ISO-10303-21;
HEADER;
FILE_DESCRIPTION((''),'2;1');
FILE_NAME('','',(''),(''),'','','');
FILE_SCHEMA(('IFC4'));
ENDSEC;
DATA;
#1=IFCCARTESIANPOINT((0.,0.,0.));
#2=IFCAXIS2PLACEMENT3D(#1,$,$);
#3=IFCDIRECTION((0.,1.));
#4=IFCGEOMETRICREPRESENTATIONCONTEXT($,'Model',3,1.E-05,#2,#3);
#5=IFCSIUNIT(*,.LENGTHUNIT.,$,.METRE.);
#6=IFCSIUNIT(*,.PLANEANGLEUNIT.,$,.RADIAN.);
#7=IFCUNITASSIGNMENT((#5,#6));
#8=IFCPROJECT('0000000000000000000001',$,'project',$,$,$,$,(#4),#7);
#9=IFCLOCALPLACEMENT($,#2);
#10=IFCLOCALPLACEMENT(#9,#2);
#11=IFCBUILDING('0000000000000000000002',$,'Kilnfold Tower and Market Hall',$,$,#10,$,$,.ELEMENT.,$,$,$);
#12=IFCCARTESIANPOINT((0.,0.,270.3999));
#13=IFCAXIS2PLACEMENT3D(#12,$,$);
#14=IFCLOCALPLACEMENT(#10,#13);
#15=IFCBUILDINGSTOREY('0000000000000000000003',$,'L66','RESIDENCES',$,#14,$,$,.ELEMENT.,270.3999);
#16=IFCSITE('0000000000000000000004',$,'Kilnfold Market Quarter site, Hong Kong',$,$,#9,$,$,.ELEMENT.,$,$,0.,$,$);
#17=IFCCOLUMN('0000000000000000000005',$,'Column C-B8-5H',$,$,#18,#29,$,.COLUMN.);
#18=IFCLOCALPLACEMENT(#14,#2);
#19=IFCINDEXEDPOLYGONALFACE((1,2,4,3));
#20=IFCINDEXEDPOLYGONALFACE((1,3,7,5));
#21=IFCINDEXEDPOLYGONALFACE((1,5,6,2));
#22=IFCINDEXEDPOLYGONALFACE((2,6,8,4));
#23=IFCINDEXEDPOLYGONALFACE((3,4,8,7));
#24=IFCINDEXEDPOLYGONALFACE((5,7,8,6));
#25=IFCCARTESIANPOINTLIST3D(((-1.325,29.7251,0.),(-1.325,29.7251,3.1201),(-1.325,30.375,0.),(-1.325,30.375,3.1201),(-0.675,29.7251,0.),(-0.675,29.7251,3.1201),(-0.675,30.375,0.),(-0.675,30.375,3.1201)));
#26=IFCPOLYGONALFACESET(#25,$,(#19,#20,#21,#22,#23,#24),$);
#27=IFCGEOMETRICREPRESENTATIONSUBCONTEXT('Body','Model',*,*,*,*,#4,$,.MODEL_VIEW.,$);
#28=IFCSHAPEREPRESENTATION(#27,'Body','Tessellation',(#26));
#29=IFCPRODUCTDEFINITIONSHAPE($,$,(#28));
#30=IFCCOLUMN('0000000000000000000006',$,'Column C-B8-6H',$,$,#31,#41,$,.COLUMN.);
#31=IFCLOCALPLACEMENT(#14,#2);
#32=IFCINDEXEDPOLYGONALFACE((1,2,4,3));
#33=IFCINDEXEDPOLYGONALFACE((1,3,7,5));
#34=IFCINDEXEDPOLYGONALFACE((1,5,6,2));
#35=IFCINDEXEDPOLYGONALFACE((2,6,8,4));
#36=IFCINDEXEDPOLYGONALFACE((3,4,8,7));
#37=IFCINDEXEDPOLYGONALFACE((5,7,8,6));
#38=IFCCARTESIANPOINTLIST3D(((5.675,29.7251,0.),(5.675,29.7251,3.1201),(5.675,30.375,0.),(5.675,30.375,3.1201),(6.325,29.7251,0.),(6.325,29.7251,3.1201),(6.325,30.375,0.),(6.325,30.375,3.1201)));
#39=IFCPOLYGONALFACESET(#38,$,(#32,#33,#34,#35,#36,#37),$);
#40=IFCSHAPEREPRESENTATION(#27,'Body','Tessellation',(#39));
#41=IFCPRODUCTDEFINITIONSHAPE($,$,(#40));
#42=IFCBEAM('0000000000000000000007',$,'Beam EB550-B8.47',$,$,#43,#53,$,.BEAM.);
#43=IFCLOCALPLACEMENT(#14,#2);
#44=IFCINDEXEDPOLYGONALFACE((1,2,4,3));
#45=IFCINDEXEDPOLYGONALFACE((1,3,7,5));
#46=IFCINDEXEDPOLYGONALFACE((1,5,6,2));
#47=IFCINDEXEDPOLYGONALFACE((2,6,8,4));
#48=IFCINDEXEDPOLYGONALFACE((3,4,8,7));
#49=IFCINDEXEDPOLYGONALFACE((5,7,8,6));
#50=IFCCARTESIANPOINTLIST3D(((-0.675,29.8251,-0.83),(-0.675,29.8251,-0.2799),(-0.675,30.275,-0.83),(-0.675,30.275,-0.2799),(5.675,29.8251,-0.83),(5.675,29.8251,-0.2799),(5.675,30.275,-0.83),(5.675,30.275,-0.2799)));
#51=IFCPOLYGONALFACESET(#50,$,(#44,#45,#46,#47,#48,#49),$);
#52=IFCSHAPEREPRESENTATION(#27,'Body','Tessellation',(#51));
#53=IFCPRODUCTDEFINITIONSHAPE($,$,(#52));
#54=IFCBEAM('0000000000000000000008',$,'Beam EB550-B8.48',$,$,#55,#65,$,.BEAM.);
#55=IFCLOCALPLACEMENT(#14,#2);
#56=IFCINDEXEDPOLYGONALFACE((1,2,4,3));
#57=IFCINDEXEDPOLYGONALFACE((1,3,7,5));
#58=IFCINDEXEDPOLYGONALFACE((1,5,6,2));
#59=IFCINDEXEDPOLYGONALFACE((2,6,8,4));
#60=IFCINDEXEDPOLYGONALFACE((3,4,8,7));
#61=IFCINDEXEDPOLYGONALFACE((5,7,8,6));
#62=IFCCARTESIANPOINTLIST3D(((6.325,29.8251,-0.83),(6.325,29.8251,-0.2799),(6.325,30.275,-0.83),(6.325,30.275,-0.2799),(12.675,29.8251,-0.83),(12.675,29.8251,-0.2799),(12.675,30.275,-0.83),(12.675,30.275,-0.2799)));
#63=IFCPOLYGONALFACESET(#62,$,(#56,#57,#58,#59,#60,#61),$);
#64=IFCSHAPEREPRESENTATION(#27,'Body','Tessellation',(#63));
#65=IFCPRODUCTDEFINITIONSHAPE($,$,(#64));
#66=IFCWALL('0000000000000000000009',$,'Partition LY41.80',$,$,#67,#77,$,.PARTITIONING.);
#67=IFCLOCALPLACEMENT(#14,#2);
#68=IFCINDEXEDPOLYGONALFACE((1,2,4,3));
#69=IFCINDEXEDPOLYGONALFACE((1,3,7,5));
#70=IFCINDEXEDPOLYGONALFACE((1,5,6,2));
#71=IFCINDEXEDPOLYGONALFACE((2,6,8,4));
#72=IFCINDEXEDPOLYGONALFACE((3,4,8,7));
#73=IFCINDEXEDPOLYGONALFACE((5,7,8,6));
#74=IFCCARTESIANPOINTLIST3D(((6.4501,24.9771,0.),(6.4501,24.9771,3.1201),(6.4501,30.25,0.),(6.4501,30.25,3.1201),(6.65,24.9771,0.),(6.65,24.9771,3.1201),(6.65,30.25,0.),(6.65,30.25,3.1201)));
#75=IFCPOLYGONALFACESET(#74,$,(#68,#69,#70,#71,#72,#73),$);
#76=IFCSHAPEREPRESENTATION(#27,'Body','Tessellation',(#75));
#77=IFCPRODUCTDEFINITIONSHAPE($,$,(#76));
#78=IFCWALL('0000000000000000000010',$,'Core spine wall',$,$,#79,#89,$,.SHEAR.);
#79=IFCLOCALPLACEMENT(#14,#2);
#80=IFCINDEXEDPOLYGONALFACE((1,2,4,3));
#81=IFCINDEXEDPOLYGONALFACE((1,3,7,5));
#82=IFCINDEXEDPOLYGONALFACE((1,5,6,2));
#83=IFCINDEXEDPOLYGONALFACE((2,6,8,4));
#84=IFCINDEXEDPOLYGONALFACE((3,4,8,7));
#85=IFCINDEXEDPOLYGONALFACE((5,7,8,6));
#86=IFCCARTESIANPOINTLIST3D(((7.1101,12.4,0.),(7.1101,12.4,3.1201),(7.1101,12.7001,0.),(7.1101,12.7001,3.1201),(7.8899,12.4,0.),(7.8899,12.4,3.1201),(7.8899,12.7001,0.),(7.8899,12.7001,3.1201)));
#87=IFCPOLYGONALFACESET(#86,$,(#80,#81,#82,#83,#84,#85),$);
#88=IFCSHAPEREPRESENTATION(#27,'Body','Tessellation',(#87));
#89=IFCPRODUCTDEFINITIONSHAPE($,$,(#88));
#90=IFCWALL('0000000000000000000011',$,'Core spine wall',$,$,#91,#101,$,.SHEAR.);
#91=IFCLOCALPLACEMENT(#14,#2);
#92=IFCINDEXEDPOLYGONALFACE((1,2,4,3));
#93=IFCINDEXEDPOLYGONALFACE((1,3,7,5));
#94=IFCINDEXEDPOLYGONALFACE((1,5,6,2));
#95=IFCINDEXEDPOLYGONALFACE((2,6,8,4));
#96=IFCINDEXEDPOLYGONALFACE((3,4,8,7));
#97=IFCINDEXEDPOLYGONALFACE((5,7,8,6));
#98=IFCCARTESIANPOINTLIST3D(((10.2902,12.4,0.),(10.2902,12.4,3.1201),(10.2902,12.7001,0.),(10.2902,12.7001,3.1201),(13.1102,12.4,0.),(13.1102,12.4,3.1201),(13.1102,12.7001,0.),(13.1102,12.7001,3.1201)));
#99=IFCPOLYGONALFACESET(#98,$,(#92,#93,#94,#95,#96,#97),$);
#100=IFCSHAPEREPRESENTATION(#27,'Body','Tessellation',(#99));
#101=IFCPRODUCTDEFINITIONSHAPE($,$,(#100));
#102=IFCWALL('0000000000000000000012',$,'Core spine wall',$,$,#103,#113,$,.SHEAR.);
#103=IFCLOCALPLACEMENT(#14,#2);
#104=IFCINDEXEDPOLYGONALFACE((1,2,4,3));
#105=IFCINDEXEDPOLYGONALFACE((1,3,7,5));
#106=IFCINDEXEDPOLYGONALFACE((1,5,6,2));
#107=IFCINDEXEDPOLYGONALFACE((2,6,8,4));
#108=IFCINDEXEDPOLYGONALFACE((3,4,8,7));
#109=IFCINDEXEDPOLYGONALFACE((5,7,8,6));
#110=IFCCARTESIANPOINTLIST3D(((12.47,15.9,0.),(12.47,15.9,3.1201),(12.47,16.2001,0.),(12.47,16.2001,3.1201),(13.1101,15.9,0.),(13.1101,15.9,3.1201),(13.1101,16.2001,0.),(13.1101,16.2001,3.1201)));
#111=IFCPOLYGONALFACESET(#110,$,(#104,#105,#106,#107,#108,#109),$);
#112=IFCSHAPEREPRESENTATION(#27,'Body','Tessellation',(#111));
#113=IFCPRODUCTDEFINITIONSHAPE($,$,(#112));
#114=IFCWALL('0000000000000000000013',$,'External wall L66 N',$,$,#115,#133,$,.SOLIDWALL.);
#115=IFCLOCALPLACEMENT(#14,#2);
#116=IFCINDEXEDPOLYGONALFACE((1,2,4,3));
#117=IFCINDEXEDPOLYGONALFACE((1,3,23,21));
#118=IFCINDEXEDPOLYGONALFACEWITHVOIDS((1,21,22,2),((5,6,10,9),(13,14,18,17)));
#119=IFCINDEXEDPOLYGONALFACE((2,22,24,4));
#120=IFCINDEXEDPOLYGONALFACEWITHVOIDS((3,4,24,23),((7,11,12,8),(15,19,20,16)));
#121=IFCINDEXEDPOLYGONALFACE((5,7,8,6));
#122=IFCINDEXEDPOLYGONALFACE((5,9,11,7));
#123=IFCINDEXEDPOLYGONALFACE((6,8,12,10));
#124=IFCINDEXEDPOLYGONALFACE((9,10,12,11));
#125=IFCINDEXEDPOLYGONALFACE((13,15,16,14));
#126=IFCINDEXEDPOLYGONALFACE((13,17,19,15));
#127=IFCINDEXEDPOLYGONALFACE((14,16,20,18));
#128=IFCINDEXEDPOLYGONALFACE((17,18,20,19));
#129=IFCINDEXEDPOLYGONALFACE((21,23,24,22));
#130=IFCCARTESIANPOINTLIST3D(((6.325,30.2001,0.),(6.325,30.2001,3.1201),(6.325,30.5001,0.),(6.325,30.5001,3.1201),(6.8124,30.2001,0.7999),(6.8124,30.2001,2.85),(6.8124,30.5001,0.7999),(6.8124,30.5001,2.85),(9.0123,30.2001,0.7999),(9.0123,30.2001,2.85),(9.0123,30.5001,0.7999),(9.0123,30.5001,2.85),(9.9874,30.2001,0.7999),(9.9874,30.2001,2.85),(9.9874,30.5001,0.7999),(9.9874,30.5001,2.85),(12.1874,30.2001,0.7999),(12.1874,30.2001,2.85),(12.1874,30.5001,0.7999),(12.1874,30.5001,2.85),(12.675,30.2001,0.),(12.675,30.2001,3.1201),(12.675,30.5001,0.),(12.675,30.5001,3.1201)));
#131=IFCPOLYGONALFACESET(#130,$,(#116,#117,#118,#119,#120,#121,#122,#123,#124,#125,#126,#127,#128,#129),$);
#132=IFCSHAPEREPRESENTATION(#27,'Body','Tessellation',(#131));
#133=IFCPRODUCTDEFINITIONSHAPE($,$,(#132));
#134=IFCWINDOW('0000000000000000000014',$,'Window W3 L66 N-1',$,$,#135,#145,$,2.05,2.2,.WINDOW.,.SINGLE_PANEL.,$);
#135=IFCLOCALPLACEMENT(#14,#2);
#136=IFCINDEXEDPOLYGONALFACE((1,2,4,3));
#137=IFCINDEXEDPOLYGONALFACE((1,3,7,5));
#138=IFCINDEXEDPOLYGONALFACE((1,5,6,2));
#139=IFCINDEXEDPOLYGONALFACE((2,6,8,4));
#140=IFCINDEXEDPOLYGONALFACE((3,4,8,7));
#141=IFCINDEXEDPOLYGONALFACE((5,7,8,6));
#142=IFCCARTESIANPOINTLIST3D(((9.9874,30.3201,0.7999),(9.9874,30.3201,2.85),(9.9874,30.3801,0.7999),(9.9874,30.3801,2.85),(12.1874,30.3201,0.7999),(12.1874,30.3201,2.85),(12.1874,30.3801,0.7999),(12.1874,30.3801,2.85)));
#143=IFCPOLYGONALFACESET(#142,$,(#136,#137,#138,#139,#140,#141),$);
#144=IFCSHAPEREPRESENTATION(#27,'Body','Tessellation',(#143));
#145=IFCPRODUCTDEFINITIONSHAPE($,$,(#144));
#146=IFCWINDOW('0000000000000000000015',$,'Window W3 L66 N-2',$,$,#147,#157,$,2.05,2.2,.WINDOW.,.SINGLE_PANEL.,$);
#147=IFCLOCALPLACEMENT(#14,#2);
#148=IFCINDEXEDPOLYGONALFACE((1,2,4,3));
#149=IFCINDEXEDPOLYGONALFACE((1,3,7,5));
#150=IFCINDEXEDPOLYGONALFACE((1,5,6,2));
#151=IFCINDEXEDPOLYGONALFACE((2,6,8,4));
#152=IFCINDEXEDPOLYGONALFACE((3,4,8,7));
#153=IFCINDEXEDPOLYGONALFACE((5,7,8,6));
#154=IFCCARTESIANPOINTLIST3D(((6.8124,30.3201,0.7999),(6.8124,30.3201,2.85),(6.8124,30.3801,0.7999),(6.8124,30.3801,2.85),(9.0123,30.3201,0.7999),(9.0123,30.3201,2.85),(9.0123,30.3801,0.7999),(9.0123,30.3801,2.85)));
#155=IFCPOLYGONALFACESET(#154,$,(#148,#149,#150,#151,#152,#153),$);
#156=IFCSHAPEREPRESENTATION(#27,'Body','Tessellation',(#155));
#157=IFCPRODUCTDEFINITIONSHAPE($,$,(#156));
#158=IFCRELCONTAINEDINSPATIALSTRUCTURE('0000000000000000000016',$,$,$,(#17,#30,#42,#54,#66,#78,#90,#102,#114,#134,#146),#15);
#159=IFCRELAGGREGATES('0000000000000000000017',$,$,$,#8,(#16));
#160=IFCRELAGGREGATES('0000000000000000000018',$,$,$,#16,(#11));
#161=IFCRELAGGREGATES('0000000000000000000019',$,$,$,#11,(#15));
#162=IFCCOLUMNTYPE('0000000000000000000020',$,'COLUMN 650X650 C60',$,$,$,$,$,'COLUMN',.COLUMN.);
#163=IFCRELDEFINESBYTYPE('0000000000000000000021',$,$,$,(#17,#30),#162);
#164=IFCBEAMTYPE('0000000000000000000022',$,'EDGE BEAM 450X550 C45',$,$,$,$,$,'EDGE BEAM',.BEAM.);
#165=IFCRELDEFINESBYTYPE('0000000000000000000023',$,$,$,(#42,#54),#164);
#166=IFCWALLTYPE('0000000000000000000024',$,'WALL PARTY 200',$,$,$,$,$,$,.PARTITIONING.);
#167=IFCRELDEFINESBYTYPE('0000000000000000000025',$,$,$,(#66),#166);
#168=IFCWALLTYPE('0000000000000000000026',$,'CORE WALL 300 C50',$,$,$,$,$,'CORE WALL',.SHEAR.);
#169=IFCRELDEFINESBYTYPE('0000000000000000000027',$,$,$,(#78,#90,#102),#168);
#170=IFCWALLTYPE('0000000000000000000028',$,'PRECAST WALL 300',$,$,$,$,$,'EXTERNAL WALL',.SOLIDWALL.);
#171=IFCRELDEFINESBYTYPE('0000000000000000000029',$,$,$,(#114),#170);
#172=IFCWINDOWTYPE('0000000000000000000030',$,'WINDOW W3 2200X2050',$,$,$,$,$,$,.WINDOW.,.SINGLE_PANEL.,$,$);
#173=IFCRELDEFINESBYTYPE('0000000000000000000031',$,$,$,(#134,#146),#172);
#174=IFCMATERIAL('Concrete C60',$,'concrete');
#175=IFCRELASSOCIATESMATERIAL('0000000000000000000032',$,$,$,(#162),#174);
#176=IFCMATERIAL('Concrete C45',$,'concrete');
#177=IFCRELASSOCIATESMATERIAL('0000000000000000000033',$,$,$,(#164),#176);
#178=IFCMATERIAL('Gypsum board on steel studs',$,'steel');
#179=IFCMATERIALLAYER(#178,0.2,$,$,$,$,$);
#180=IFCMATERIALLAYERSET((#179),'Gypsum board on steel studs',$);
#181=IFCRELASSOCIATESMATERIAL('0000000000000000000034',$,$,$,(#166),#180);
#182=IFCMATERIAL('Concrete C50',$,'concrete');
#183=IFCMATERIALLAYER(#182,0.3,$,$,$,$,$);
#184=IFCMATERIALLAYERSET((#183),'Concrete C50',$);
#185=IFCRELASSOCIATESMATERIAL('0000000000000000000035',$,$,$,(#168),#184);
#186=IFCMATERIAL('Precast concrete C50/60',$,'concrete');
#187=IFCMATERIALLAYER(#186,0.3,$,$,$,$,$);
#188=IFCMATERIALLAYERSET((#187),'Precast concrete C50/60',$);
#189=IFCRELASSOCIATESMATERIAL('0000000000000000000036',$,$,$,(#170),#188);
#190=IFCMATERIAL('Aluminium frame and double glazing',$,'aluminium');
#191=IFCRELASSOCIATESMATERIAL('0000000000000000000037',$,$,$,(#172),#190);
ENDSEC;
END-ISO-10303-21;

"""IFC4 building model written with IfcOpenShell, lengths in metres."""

from ifc_helpers import new_model, si_unit, direction, frame, frame_2d, origin, origin_2d, place, context, subcontext, project, spatial, rectangle, extrude, source, transform, mapped, material, layer, layer_set, material_profile, profile_set, type_object, element, fill, save


model = new_model("IFC4")

# Units and contexts
model_context = context("Model", 3, precision=1e-05, world=origin(), true_north=direction((0.0, 1.0)))
body_context = subcontext(model_context, "Body", "Model", "MODEL_VIEW")
ifc_project = project(units=[si_unit("LENGTHUNIT", "METRE"), si_unit("PLANEANGLEUNIT", "RADIAN")], contexts=[model_context])

# Site, building, storey
site_placement = place(None, origin())
site = spatial("IfcSite", under=ifc_project, at=site_placement, Name="Kilnfold Market Quarter site, Hong Kong", CompositionType="ELEMENT", RefElevation=0.0)
building_placement = place(site_placement, origin())
building = spatial("IfcBuilding", under=site, at=building_placement, Name="Kilnfold Tower and Market Hall", CompositionType="ELEMENT")
storey_placement = place(building_placement, frame((0.0, 0.0, 270.3999)))
storey = spatial("IfcBuildingStorey", under=building, at=storey_placement, Name="L66", Description="RESIDENCES", CompositionType="ELEMENT", Elevation=270.3999)

# Columns
ifc_material_1 = material(Name="Concrete C60", Category="concrete")
ifc_material_profile_1 = material_profile(ifc_material_1, rectangle(XDim=0.6499, YDim=0.6499, at=origin_2d()), Name="RC 650x650")
ifc_profile_set_1 = profile_set([ifc_material_profile_1], Name="Concrete C60")
column_type = type_object("IfcColumnType", Name="COLUMN 650X650 C60", ElementType="COLUMN", PredefinedType="COLUMN", material=ifc_profile_set_1)
shared_shape_1 = source(origin(), body_context, "Body", "SweptSolid", [
    extrude(rectangle(XDim=0.6499, YDim=0.6499, at=origin_2d()), origin(), (0.0, 0.0, 1.0), 3.1201),
])
for number, where, z_axis, x_axis, name in (
    (1, (-1.0, 30.05, 0.0), (0.0, 0.0, 1.0), (1.0, 0.0, 0.0), "Column C-B8-5H"),
    (2, (6.0, 30.05, 0.0), (0.0, 0.0, 1.0), (1.0, 0.0, 0.0), "Column C-B8-6H"),
):
    element("IfcColumn", number, at=place(storey_placement, frame(where, z_axis=z_axis, x_axis=x_axis)), inside=storey, type_object=column_type, Name=name, PredefinedType="COLUMN", context=body_context, shape_type="MappedRepresentation", body=[
        mapped(shared_shape_1, transform((0.0, 0.0, 0.0))),
    ])

# Beams
ifc_material_2 = material(Name="Concrete C45", Category="concrete")
ifc_material_profile_2 = material_profile(ifc_material_2, rectangle(XDim=0.45, YDim=0.55, at=origin_2d()), Name="RC 450x550")
ifc_profile_set_2 = profile_set([ifc_material_profile_2], Name="Concrete C45")
beam_type = type_object("IfcBeamType", Name="EDGE BEAM 450X550 C45", ElementType="EDGE BEAM", PredefinedType="BEAM", material=ifc_profile_set_2)
shared_shape_2 = source(origin(), body_context, "Body", "SweptSolid", [
    extrude(rectangle(XDim=0.45, YDim=0.55, at=origin_2d()), origin(), (0.0, 0.0, 1.0), 6.3501),
])
for number, where, z_axis, x_axis, name in (
    (3, (-0.675, 30.05, -0.5549), (1.0, 0.0, 0.0), (0.0, 1.0, 0.0), "Beam EB550-B8.47"),
    (4, (6.325, 30.05, -0.5549), (1.0, 0.0, 0.0), (0.0, 1.0, 0.0), "Beam EB550-B8.48"),
):
    element("IfcBeam", number, at=place(storey_placement, frame(where, z_axis=z_axis, x_axis=x_axis)), inside=storey, type_object=beam_type, Name=name, PredefinedType="BEAM", context=body_context, shape_type="MappedRepresentation", body=[
        mapped(shared_shape_2, transform((0.0, 0.0, 0.0))),
    ])

# Walls
ifc_material_3 = material(Name="Gypsum board on steel studs", Category="steel")
ifc_layer_1 = layer(ifc_material_3, 0.2)
ifc_layer_set_1 = layer_set([ifc_layer_1], Name="Gypsum board on steel studs")
wall_type_1 = type_object("IfcWallType", Name="WALL PARTY 200", PredefinedType="PARTITIONING", material=ifc_layer_set_1)
wall_1_placement = place(storey_placement, frame((6.55, 24.9771, 0.0), z_axis=(0.0, 0.0, 1.0), x_axis=(0.0, 1.0, 0.0)))
element("IfcWall", 5, at=wall_1_placement, inside=storey, type_object=wall_type_1, Name="Partition LY41.80", PredefinedType="PARTITIONING", context=body_context, shape_type="SweptSolid", body=[
    extrude(rectangle(XDim=5.2729, YDim=0.2, at=frame_2d((2.6365, 0.0))), origin(), (0.0, 0.0, 1.0), 3.1201),
])
ifc_material_4 = material(Name="Concrete C50", Category="concrete")
ifc_layer_2 = layer(ifc_material_4, 0.3)
ifc_layer_set_2 = layer_set([ifc_layer_2], Name="Concrete C50")
wall_type_2 = type_object("IfcWallType", Name="CORE WALL 300 C50", ElementType="CORE WALL", PredefinedType="SHEAR", material=ifc_layer_set_2)
shared_shape_3 = source(origin(), body_context, "Body", "SweptSolid", [
    extrude(rectangle(XDim=0.7798, YDim=0.3, at=frame_2d((0.3899, 0.0))), origin(), (0.0, 0.0, 1.0), 3.1201),
])
wall_2_placement = place(storey_placement, frame((7.1101, 12.55, 0.0), z_axis=(0.0, 0.0, 1.0), x_axis=(1.0, 0.0, 0.0)))
element("IfcWall", 6, at=wall_2_placement, inside=storey, type_object=wall_type_2, Name="Core spine wall", PredefinedType="SHEAR", context=body_context, shape_type="MappedRepresentation", body=[
    mapped(shared_shape_3, transform((0.0, 0.0, 0.0))),
])
shared_shape_4 = source(origin(), body_context, "Body", "SweptSolid", [
    extrude(rectangle(XDim=2.8201, YDim=0.3, at=frame_2d((1.4102, 0.0))), origin(), (0.0, 0.0, 1.0), 3.1201),
])
wall_3_placement = place(storey_placement, frame((10.29, 12.55, 0.0), z_axis=(0.0, 0.0, 1.0), x_axis=(1.0, 0.0, 0.0)))
element("IfcWall", 7, at=wall_3_placement, inside=storey, type_object=wall_type_2, Name="Core spine wall", PredefinedType="SHEAR", context=body_context, shape_type="MappedRepresentation", body=[
    mapped(shared_shape_4, transform((0.0, 0.0, 0.0))),
])
shared_shape_5 = source(origin(), body_context, "Body", "SweptSolid", [
    extrude(rectangle(XDim=0.6401, YDim=0.3, at=frame_2d((0.3201, 0.0))), origin(), (0.0, 0.0, 1.0), 3.1201),
])
wall_4_placement = place(storey_placement, frame((12.47, 16.05, 0.0), z_axis=(0.0, 0.0, 1.0), x_axis=(1.0, 0.0, 0.0)))
element("IfcWall", 8, at=wall_4_placement, inside=storey, type_object=wall_type_2, Name="Core spine wall", PredefinedType="SHEAR", context=body_context, shape_type="MappedRepresentation", body=[
    mapped(shared_shape_5, transform((0.0, 0.0, 0.0))),
])

# Wall, openings, windows
ifc_material_5 = material(Name="Precast concrete C50/60", Category="concrete")
ifc_layer_3 = layer(ifc_material_5, 0.3)
ifc_layer_set_3 = layer_set([ifc_layer_3], Name="Precast concrete C50/60")
wall_type_3 = type_object("IfcWallType", Name="PRECAST WALL 300", ElementType="EXTERNAL WALL", PredefinedType="SOLIDWALL", material=ifc_layer_set_3)
shared_shape_6 = source(origin(), body_context, "Body", "SweptSolid", [
    extrude(rectangle(XDim=6.3501, YDim=0.3, at=frame_2d((3.175, 0.0))), origin(), (0.0, 0.0, 1.0), 3.1201),
])
wall_5_placement = place(storey_placement, frame((12.675, 30.3501, 0.0), z_axis=(0.0, 0.0, 1.0), x_axis=(-1.0, 0.0, 0.0)))
wall_5 = element("IfcWall", 9, at=wall_5_placement, inside=storey, type_object=wall_type_3, Name="External wall L66 N", PredefinedType="SOLIDWALL", context=body_context, shape_type="MappedRepresentation", body=[
    mapped(shared_shape_6, transform((0.0, 0.0, 0.0))),
])
opening_1_placement = place(wall_5_placement, frame((0.4875, 0.0, 0.8)))
opening_1 = element("IfcOpeningElement", 10, at=opening_1_placement, cuts=wall_5, PredefinedType="OPENING", context=body_context, shape_type="SweptSolid", body=[
    extrude(rectangle(XDim=2.2, YDim=2.05, at=frame_2d((1.1001, 1.0249))), frame((0.0, 0.1602, 0.0), z_axis=(0.0, -1.0, 0.0), x_axis=(1.0, 0.0, 0.0)), (0.0, 0.0, 1.0), 0.3201),
])
opening_2_placement = place(wall_5_placement, frame((3.6626, 0.0, 0.8)))
opening_2 = element("IfcOpeningElement", 11, at=opening_2_placement, cuts=wall_5, PredefinedType="OPENING", context=body_context, shape_type="SweptSolid", body=[
    extrude(rectangle(XDim=2.2, YDim=2.05, at=frame_2d((1.1001, 1.0249))), frame((0.0, 0.1602, 0.0), z_axis=(0.0, -1.0, 0.0), x_axis=(1.0, 0.0, 0.0)), (0.0, 0.0, 1.0), 0.3201),
])
ifc_material_6 = material(Name="Aluminium frame and double glazing", Category="aluminium")
window_type = type_object("IfcWindowType", Name="WINDOW W3 2200X2050", PartitioningType="SINGLE_PANEL", PredefinedType="WINDOW", material=ifc_material_6)
window_1_placement = place(opening_1_placement, origin())
window_1 = element("IfcWindow", 12, at=window_1_placement, inside=storey, type_object=window_type, Name="Window W3 L66 N-1", OverallHeight=2.05, OverallWidth=2.2, PartitioningType="SINGLE_PANEL", PredefinedType="WINDOW", context=body_context, shape_type="SweptSolid", body=[
    extrude(rectangle(XDim=2.2, YDim=2.05, at=frame_2d((1.1001, 1.0249))), frame((0.0, 0.03, 0.0), z_axis=(0.0, -1.0, 0.0), x_axis=(1.0, 0.0, 0.0)), (0.0, 0.0, 1.0), 0.0601),
])
fill(opening_1, window_1)
window_2_placement = place(opening_2_placement, origin())
window_2 = element("IfcWindow", 13, at=window_2_placement, inside=storey, type_object=window_type, Name="Window W3 L66 N-2", OverallHeight=2.05, OverallWidth=2.2, PartitioningType="SINGLE_PANEL", PredefinedType="WINDOW", context=body_context, shape_type="SweptSolid", body=[
    extrude(rectangle(XDim=2.2, YDim=2.05, at=frame_2d((1.1001, 1.0249))), frame((0.0, 0.03, 0.0), z_axis=(0.0, -1.0, 0.0), x_axis=(1.0, 0.0, 0.0)), (0.0, 0.0, 1.0), 0.0601),
])
fill(opening_2, window_2)

save(model, "model.ifc")
